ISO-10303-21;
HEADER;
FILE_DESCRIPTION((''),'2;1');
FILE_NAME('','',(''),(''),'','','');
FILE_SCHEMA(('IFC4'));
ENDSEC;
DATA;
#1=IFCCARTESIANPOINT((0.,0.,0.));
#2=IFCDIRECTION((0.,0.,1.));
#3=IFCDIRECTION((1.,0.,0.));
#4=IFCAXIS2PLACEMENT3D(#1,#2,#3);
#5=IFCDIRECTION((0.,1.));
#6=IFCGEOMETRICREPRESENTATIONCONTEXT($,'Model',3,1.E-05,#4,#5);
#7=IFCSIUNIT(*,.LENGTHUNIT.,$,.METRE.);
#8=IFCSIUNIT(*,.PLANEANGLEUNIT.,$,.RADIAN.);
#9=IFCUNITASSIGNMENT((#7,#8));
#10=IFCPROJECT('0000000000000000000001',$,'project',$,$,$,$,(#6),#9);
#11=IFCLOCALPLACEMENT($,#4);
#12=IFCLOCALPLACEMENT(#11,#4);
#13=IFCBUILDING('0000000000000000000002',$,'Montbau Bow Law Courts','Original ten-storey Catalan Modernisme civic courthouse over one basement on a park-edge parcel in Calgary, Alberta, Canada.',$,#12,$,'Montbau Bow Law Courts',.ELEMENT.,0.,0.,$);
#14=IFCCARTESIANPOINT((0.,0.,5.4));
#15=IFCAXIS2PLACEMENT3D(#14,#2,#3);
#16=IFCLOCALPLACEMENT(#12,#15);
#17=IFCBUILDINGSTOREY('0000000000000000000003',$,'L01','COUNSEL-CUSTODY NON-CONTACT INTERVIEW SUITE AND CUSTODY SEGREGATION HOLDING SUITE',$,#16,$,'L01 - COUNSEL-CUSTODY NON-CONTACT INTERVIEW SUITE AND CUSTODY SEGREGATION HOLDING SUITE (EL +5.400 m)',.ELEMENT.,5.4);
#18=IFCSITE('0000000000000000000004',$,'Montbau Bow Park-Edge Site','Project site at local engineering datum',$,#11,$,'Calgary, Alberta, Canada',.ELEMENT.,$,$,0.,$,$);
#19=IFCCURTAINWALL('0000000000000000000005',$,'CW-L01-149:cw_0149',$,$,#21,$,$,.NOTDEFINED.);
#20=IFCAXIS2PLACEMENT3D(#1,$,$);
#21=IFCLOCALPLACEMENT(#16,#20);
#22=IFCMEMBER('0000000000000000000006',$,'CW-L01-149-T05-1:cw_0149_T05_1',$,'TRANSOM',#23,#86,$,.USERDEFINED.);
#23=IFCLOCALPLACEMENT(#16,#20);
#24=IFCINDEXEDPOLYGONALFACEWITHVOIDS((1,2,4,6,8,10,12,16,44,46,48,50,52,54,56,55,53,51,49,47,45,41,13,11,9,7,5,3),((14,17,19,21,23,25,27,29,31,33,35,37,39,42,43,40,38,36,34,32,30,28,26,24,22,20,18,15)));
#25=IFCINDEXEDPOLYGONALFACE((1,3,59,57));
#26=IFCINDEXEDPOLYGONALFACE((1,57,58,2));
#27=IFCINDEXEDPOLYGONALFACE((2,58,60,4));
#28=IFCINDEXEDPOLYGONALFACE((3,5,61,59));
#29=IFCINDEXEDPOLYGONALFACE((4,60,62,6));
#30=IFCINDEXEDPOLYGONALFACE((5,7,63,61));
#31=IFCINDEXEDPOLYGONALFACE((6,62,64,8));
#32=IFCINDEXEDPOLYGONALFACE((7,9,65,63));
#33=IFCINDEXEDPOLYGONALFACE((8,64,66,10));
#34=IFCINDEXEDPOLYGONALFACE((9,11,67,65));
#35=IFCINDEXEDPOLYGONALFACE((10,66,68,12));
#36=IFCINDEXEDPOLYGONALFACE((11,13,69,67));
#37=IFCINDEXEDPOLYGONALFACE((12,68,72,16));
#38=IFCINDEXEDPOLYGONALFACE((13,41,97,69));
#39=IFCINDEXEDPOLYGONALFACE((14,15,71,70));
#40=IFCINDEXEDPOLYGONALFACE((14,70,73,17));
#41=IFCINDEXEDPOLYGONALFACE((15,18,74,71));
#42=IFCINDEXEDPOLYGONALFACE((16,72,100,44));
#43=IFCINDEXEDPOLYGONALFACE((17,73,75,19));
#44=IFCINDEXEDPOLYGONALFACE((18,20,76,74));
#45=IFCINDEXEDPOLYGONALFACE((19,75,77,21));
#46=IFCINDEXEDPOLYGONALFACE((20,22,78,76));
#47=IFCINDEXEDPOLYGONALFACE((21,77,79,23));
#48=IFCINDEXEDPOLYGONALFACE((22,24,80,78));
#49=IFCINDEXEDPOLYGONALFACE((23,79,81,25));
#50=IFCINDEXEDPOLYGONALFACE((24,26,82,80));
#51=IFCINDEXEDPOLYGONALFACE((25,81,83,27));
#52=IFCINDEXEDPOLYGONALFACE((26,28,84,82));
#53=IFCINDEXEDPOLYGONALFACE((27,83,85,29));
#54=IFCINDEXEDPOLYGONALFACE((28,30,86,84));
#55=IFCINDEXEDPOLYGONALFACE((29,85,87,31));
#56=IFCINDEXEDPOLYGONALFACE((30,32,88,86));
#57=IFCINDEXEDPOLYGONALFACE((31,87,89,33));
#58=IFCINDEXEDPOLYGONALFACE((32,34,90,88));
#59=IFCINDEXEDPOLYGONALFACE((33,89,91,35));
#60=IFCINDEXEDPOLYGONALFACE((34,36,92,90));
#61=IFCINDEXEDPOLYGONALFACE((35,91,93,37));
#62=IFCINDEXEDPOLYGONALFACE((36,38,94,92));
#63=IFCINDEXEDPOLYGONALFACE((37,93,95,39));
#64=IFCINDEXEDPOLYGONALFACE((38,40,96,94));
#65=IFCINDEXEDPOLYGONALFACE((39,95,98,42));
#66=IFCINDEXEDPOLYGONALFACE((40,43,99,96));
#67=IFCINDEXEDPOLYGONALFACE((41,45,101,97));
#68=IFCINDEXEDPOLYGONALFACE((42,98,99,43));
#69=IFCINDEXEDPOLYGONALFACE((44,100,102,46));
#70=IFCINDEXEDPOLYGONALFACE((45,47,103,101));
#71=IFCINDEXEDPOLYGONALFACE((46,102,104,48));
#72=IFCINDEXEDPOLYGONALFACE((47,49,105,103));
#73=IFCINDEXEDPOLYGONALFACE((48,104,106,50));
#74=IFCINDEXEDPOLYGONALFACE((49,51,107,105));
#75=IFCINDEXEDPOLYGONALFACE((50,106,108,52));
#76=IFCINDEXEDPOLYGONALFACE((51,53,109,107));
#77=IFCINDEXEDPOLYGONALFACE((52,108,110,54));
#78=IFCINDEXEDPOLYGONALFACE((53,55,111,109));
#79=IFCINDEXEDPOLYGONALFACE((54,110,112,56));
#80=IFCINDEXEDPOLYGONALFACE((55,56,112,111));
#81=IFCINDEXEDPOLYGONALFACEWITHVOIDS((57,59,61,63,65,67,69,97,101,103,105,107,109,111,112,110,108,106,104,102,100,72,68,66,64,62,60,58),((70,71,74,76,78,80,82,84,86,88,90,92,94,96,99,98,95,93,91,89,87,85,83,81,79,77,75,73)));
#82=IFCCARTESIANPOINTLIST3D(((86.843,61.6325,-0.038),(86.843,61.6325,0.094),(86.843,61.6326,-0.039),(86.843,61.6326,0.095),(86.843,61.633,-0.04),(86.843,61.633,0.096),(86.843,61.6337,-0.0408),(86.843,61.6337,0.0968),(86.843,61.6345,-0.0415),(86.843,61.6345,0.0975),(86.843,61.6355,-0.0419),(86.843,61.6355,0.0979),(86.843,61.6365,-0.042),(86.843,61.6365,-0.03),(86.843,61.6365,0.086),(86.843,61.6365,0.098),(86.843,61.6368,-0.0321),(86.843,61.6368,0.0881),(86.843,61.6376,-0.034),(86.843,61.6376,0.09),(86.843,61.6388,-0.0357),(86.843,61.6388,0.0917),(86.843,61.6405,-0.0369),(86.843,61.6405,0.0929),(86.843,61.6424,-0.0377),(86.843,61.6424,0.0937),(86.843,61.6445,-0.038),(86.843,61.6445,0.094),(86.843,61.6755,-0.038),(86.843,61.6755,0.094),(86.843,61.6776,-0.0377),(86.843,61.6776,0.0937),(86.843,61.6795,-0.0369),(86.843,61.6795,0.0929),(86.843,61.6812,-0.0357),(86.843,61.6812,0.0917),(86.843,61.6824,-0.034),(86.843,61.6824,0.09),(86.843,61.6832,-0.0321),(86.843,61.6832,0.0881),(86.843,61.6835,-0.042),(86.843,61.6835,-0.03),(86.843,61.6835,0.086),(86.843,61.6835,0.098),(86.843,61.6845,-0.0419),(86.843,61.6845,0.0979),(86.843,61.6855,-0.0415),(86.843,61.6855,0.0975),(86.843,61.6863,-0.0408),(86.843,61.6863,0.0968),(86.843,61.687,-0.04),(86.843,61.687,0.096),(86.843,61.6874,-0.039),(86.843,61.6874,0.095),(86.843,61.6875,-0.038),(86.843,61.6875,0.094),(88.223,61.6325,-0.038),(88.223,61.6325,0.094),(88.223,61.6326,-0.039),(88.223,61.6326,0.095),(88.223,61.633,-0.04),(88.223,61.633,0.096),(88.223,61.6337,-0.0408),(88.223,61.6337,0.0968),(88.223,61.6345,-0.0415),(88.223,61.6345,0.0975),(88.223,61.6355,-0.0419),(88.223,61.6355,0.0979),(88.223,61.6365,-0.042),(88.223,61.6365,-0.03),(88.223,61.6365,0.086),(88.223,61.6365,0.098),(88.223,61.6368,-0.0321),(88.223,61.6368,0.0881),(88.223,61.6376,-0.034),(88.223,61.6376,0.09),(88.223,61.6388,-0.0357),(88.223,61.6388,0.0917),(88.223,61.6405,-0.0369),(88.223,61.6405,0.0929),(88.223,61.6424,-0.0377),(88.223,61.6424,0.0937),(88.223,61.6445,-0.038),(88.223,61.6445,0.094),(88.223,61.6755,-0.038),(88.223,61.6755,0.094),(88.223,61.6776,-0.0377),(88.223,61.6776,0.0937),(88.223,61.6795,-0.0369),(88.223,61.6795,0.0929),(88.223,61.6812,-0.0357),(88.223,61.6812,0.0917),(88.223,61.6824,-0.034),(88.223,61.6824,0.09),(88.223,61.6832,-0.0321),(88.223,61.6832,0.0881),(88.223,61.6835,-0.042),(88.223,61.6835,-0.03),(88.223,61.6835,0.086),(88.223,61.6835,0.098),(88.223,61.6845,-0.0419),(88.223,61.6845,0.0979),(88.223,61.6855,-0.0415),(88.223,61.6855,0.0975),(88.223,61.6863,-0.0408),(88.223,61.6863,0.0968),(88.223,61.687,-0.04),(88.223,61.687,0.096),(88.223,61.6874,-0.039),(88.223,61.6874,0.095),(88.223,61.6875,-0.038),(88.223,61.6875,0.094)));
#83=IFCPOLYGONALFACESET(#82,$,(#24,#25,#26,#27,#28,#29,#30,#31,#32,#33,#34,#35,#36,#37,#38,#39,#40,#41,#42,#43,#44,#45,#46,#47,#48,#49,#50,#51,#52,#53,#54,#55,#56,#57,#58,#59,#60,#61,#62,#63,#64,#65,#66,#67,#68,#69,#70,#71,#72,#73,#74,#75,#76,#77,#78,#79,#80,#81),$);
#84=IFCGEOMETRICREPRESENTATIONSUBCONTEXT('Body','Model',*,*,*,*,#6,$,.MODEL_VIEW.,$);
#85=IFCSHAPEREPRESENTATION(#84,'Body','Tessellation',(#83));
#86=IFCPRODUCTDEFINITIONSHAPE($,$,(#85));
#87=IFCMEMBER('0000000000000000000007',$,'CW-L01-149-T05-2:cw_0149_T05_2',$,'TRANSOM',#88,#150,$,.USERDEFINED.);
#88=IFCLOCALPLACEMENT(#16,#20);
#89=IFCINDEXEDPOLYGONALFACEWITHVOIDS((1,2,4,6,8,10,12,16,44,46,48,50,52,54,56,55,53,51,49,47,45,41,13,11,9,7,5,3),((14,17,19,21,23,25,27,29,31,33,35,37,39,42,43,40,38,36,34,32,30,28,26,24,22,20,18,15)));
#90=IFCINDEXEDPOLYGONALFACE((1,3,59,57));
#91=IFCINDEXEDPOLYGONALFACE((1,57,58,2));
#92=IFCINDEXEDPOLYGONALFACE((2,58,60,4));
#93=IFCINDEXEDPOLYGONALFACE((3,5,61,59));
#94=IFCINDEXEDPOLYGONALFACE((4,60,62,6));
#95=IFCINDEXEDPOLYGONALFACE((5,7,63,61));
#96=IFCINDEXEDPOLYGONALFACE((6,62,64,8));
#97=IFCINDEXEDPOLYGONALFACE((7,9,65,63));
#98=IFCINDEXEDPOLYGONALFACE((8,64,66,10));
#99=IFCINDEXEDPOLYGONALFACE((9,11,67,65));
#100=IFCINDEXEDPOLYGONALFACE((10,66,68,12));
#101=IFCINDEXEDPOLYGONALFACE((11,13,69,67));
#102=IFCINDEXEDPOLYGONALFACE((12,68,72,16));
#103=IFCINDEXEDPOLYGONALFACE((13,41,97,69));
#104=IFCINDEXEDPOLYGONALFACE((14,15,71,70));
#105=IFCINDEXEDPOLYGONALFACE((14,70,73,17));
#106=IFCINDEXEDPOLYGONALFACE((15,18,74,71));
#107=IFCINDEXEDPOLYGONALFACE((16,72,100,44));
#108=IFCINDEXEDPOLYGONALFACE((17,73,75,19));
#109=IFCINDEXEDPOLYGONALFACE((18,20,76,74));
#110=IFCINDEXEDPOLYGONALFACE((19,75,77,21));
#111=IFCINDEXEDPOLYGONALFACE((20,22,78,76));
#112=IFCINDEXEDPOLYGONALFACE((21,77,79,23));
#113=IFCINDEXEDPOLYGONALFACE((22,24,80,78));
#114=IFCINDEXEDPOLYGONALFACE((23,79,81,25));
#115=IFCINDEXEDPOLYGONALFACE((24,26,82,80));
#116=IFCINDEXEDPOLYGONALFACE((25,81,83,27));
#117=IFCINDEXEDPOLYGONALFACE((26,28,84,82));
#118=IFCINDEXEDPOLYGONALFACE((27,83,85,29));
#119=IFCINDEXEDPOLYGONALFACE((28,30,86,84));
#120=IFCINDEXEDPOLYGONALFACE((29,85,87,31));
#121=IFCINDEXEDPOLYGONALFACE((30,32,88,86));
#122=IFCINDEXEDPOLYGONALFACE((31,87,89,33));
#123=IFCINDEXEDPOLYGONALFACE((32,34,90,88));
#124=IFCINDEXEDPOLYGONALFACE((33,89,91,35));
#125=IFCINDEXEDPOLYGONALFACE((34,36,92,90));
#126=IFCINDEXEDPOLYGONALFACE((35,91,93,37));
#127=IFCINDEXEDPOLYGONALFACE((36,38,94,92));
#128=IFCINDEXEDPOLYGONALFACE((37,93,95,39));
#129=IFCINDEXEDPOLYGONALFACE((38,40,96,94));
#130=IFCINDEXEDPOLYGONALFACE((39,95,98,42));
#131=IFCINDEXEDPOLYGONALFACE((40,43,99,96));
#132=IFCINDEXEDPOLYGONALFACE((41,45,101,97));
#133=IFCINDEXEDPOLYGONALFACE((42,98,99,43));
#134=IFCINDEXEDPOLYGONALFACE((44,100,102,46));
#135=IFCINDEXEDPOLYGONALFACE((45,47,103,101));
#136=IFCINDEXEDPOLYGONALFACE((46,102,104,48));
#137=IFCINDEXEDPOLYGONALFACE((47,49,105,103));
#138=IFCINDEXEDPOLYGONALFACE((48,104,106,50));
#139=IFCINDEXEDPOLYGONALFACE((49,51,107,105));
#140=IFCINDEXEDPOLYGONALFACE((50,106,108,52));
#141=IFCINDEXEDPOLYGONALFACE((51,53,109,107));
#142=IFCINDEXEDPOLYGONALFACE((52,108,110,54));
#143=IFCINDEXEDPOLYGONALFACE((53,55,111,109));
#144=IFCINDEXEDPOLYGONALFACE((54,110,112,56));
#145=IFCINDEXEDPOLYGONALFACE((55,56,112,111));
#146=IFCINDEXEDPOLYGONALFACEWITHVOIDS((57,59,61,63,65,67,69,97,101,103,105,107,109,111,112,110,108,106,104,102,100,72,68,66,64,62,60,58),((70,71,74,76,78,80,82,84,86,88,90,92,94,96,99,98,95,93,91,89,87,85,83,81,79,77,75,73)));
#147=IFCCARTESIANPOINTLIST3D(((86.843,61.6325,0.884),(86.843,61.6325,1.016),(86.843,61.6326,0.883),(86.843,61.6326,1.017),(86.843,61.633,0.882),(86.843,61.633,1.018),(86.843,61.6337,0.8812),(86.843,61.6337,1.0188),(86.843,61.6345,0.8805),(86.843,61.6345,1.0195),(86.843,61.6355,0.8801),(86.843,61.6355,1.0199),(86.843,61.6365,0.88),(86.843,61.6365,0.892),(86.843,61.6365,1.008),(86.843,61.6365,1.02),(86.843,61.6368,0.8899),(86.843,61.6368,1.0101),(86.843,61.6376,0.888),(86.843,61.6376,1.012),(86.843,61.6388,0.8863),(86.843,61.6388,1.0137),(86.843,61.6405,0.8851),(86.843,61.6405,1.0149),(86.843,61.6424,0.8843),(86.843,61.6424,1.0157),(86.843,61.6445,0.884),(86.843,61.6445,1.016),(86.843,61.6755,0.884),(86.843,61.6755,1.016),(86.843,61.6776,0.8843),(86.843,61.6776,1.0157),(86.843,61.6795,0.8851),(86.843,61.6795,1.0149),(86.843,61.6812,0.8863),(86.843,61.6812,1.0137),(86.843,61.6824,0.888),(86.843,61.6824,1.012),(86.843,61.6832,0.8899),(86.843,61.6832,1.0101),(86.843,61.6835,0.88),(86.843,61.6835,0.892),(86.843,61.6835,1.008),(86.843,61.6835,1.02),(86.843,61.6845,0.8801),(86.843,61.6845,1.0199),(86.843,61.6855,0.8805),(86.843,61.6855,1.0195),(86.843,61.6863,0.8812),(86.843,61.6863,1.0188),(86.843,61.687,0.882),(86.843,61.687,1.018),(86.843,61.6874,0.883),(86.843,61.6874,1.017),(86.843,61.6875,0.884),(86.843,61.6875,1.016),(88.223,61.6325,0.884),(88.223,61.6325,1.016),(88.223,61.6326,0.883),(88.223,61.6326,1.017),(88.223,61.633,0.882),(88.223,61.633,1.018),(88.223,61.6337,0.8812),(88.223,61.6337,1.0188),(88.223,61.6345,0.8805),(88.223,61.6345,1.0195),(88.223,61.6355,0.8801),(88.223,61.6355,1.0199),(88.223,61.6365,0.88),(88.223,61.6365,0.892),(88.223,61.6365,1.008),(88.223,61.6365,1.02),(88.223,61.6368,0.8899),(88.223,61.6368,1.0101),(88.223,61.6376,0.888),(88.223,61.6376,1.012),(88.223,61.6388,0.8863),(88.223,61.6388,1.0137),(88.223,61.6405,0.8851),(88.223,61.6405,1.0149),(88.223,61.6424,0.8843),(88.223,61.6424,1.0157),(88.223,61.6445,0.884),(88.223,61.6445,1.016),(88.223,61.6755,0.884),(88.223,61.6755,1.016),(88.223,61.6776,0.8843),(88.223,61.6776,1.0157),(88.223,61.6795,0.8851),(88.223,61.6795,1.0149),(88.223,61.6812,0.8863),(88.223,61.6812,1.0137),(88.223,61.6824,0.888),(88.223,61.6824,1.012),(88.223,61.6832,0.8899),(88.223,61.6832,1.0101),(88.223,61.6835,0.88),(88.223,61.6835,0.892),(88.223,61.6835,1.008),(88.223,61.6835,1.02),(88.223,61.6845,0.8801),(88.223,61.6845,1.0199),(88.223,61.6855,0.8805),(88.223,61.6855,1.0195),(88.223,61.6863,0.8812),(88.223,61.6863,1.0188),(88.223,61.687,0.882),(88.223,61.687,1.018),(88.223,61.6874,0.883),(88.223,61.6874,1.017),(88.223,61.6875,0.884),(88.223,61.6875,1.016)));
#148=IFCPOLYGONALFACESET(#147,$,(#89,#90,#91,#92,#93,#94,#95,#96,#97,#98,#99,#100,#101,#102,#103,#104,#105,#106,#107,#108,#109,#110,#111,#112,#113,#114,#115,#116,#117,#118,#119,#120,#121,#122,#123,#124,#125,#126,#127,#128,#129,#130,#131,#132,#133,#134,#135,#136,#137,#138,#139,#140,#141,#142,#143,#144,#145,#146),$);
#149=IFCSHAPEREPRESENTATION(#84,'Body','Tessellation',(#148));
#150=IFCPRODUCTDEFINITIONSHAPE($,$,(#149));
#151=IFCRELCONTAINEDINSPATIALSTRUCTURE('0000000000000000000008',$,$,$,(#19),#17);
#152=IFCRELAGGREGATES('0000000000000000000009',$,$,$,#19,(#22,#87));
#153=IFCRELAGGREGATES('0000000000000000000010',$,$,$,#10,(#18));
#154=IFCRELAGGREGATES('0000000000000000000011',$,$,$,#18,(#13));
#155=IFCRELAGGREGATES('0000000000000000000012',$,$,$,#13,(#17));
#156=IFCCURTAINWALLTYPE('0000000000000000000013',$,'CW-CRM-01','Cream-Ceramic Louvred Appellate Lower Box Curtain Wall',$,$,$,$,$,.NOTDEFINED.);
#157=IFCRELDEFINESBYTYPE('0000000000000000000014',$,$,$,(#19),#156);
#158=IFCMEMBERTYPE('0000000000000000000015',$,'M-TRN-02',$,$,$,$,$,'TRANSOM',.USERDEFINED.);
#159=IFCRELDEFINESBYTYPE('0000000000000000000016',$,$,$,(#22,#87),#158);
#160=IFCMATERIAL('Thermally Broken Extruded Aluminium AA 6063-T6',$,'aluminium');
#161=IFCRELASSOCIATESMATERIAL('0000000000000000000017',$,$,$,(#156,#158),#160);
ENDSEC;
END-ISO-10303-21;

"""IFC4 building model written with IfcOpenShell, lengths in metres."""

from ifc_helpers import new_model, si_unit, direction, frame, origin_with_axes, origin_2d_with_axis, place, context, subcontext, project, spatial, hollow_rectangle, extrude, material, material_profile, profile_set, type_object, element, aggregate, save


model = new_model("IFC4")

# Units and contexts
model_context = context("Model", 3, precision=1e-05, world=origin_with_axes(), true_north=direction((0.0, 1.0)))
body_context = subcontext(model_context, "Body", "Model", "MODEL_VIEW")
ifc_project = project(units=[si_unit("LENGTHUNIT", "METRE"), si_unit("PLANEANGLEUNIT", "RADIAN")], contexts=[model_context])

# Site, building, storey
site_placement = place(None, origin_with_axes())
site = spatial("IfcSite", under=ifc_project, at=site_placement, Name="Montbau Bow Park-Edge Site", Description="Project site at local engineering datum", LongName="Calgary, Alberta, Canada", CompositionType="ELEMENT", RefElevation=0.0)
building_placement = place(site_placement, origin_with_axes())
building = spatial("IfcBuilding", under=site, at=building_placement, Name="Montbau Bow Law Courts", Description="Original ten-storey Catalan Modernisme civic courthouse over one basement on a park-edge parcel in Calgary, Alberta, Canada.", LongName="Montbau Bow Law Courts", CompositionType="ELEMENT", ElevationOfRefHeight=0.0, ElevationOfTerrain=0.0)
storey_placement = place(building_placement, frame((0.0, 0.0, 5.4), z_axis=(0.0, 0.0, 1.0), x_axis=(1.0, 0.0, 0.0)))
storey = spatial("IfcBuildingStorey", under=building, at=storey_placement, Name="L01", Description="COUNSEL-CUSTODY NON-CONTACT INTERVIEW SUITE AND CUSTODY SEGREGATION HOLDING SUITE", LongName="L01 - COUNSEL-CUSTODY NON-CONTACT INTERVIEW SUITE AND CUSTODY SEGREGATION HOLDING SUITE (EL +5.400 m)", CompositionType="ELEMENT", Elevation=5.4)

# Curtain wall, members
ifc_material_1 = material(Name="Thermally Broken Extruded Aluminium AA 6063-T6", Category="aluminium")
curtain_wall_type = type_object("IfcCurtainWallType", Name="CW-CRM-01", Description="Cream-Ceramic Louvred Appellate Lower Box Curtain Wall", PredefinedType="NOTDEFINED", material=ifc_material_1)
curtain_wall_placement = place(None, frame((80.915, 61.66, 5.4), z_axis=(0.0, 0.0, 1.0), x_axis=(1.0, 0.0, 0.0)))
curtain_wall = element("IfcCurtainWall", 1, at=curtain_wall_placement, inside=storey, type_object=curtain_wall_type, Name="CW-L01-149:cw_0149", PredefinedType="NOTDEFINED")
ifc_material_profile_1 = material_profile(ifc_material_1, hollow_rectangle(XDim=0.055, YDim=0.14, WallThickness=0.004, InnerFilletRadius=0.008, OuterFilletRadius=0.004, at=origin_2d_with_axis()), Name="CWT-140X55", Category="Main", Priority=0)
ifc_profile_set_1 = profile_set([ifc_material_profile_1], Name="Thermally Broken Extruded Aluminium AA 6063-T6")
member_type_1 = type_object("IfcMemberType", Name="M-TRN-02", ElementType="TRANSOM", PredefinedType="USERDEFINED", material=ifc_profile_set_1)
member_1_placement = place(None, frame((86.843, 61.66, 5.428), z_axis=(1.0, 0.0, 0.0), x_axis=(0.0, 1.0, 0.0)))
member_1 = element("IfcMember", 2, at=member_1_placement, type_object=member_type_1, Name="CW-L01-149-T05-1:cw_0149_T05_1", ObjectType="TRANSOM", PredefinedType="USERDEFINED", context=body_context, shape_type="SweptSolid", body=[
    extrude(hollow_rectangle(XDim=0.055, YDim=0.14, WallThickness=0.004, InnerFilletRadius=0.008, OuterFilletRadius=0.004, at=origin_2d_with_axis()), origin_with_axes(), (0.0, 0.0, 1.0), 1.38),
])
member_2_placement = place(None, frame((86.843, 61.66, 6.35), z_axis=(1.0, 0.0, 0.0), x_axis=(0.0, 1.0, 0.0)))
member_2 = element("IfcMember", 3, at=member_2_placement, type_object=member_type_1, Name="CW-L01-149-T05-2:cw_0149_T05_2", ObjectType="TRANSOM", PredefinedType="USERDEFINED", context=body_context, shape_type="SweptSolid", body=[
    extrude(hollow_rectangle(XDim=0.055, YDim=0.14, WallThickness=0.004, InnerFilletRadius=0.008, OuterFilletRadius=0.004, at=origin_2d_with_axis()), origin_with_axes(), (0.0, 0.0, 1.0), 1.38),
])
aggregate(curtain_wall, [member_1, member_2])

save(model, "model.ifc")
